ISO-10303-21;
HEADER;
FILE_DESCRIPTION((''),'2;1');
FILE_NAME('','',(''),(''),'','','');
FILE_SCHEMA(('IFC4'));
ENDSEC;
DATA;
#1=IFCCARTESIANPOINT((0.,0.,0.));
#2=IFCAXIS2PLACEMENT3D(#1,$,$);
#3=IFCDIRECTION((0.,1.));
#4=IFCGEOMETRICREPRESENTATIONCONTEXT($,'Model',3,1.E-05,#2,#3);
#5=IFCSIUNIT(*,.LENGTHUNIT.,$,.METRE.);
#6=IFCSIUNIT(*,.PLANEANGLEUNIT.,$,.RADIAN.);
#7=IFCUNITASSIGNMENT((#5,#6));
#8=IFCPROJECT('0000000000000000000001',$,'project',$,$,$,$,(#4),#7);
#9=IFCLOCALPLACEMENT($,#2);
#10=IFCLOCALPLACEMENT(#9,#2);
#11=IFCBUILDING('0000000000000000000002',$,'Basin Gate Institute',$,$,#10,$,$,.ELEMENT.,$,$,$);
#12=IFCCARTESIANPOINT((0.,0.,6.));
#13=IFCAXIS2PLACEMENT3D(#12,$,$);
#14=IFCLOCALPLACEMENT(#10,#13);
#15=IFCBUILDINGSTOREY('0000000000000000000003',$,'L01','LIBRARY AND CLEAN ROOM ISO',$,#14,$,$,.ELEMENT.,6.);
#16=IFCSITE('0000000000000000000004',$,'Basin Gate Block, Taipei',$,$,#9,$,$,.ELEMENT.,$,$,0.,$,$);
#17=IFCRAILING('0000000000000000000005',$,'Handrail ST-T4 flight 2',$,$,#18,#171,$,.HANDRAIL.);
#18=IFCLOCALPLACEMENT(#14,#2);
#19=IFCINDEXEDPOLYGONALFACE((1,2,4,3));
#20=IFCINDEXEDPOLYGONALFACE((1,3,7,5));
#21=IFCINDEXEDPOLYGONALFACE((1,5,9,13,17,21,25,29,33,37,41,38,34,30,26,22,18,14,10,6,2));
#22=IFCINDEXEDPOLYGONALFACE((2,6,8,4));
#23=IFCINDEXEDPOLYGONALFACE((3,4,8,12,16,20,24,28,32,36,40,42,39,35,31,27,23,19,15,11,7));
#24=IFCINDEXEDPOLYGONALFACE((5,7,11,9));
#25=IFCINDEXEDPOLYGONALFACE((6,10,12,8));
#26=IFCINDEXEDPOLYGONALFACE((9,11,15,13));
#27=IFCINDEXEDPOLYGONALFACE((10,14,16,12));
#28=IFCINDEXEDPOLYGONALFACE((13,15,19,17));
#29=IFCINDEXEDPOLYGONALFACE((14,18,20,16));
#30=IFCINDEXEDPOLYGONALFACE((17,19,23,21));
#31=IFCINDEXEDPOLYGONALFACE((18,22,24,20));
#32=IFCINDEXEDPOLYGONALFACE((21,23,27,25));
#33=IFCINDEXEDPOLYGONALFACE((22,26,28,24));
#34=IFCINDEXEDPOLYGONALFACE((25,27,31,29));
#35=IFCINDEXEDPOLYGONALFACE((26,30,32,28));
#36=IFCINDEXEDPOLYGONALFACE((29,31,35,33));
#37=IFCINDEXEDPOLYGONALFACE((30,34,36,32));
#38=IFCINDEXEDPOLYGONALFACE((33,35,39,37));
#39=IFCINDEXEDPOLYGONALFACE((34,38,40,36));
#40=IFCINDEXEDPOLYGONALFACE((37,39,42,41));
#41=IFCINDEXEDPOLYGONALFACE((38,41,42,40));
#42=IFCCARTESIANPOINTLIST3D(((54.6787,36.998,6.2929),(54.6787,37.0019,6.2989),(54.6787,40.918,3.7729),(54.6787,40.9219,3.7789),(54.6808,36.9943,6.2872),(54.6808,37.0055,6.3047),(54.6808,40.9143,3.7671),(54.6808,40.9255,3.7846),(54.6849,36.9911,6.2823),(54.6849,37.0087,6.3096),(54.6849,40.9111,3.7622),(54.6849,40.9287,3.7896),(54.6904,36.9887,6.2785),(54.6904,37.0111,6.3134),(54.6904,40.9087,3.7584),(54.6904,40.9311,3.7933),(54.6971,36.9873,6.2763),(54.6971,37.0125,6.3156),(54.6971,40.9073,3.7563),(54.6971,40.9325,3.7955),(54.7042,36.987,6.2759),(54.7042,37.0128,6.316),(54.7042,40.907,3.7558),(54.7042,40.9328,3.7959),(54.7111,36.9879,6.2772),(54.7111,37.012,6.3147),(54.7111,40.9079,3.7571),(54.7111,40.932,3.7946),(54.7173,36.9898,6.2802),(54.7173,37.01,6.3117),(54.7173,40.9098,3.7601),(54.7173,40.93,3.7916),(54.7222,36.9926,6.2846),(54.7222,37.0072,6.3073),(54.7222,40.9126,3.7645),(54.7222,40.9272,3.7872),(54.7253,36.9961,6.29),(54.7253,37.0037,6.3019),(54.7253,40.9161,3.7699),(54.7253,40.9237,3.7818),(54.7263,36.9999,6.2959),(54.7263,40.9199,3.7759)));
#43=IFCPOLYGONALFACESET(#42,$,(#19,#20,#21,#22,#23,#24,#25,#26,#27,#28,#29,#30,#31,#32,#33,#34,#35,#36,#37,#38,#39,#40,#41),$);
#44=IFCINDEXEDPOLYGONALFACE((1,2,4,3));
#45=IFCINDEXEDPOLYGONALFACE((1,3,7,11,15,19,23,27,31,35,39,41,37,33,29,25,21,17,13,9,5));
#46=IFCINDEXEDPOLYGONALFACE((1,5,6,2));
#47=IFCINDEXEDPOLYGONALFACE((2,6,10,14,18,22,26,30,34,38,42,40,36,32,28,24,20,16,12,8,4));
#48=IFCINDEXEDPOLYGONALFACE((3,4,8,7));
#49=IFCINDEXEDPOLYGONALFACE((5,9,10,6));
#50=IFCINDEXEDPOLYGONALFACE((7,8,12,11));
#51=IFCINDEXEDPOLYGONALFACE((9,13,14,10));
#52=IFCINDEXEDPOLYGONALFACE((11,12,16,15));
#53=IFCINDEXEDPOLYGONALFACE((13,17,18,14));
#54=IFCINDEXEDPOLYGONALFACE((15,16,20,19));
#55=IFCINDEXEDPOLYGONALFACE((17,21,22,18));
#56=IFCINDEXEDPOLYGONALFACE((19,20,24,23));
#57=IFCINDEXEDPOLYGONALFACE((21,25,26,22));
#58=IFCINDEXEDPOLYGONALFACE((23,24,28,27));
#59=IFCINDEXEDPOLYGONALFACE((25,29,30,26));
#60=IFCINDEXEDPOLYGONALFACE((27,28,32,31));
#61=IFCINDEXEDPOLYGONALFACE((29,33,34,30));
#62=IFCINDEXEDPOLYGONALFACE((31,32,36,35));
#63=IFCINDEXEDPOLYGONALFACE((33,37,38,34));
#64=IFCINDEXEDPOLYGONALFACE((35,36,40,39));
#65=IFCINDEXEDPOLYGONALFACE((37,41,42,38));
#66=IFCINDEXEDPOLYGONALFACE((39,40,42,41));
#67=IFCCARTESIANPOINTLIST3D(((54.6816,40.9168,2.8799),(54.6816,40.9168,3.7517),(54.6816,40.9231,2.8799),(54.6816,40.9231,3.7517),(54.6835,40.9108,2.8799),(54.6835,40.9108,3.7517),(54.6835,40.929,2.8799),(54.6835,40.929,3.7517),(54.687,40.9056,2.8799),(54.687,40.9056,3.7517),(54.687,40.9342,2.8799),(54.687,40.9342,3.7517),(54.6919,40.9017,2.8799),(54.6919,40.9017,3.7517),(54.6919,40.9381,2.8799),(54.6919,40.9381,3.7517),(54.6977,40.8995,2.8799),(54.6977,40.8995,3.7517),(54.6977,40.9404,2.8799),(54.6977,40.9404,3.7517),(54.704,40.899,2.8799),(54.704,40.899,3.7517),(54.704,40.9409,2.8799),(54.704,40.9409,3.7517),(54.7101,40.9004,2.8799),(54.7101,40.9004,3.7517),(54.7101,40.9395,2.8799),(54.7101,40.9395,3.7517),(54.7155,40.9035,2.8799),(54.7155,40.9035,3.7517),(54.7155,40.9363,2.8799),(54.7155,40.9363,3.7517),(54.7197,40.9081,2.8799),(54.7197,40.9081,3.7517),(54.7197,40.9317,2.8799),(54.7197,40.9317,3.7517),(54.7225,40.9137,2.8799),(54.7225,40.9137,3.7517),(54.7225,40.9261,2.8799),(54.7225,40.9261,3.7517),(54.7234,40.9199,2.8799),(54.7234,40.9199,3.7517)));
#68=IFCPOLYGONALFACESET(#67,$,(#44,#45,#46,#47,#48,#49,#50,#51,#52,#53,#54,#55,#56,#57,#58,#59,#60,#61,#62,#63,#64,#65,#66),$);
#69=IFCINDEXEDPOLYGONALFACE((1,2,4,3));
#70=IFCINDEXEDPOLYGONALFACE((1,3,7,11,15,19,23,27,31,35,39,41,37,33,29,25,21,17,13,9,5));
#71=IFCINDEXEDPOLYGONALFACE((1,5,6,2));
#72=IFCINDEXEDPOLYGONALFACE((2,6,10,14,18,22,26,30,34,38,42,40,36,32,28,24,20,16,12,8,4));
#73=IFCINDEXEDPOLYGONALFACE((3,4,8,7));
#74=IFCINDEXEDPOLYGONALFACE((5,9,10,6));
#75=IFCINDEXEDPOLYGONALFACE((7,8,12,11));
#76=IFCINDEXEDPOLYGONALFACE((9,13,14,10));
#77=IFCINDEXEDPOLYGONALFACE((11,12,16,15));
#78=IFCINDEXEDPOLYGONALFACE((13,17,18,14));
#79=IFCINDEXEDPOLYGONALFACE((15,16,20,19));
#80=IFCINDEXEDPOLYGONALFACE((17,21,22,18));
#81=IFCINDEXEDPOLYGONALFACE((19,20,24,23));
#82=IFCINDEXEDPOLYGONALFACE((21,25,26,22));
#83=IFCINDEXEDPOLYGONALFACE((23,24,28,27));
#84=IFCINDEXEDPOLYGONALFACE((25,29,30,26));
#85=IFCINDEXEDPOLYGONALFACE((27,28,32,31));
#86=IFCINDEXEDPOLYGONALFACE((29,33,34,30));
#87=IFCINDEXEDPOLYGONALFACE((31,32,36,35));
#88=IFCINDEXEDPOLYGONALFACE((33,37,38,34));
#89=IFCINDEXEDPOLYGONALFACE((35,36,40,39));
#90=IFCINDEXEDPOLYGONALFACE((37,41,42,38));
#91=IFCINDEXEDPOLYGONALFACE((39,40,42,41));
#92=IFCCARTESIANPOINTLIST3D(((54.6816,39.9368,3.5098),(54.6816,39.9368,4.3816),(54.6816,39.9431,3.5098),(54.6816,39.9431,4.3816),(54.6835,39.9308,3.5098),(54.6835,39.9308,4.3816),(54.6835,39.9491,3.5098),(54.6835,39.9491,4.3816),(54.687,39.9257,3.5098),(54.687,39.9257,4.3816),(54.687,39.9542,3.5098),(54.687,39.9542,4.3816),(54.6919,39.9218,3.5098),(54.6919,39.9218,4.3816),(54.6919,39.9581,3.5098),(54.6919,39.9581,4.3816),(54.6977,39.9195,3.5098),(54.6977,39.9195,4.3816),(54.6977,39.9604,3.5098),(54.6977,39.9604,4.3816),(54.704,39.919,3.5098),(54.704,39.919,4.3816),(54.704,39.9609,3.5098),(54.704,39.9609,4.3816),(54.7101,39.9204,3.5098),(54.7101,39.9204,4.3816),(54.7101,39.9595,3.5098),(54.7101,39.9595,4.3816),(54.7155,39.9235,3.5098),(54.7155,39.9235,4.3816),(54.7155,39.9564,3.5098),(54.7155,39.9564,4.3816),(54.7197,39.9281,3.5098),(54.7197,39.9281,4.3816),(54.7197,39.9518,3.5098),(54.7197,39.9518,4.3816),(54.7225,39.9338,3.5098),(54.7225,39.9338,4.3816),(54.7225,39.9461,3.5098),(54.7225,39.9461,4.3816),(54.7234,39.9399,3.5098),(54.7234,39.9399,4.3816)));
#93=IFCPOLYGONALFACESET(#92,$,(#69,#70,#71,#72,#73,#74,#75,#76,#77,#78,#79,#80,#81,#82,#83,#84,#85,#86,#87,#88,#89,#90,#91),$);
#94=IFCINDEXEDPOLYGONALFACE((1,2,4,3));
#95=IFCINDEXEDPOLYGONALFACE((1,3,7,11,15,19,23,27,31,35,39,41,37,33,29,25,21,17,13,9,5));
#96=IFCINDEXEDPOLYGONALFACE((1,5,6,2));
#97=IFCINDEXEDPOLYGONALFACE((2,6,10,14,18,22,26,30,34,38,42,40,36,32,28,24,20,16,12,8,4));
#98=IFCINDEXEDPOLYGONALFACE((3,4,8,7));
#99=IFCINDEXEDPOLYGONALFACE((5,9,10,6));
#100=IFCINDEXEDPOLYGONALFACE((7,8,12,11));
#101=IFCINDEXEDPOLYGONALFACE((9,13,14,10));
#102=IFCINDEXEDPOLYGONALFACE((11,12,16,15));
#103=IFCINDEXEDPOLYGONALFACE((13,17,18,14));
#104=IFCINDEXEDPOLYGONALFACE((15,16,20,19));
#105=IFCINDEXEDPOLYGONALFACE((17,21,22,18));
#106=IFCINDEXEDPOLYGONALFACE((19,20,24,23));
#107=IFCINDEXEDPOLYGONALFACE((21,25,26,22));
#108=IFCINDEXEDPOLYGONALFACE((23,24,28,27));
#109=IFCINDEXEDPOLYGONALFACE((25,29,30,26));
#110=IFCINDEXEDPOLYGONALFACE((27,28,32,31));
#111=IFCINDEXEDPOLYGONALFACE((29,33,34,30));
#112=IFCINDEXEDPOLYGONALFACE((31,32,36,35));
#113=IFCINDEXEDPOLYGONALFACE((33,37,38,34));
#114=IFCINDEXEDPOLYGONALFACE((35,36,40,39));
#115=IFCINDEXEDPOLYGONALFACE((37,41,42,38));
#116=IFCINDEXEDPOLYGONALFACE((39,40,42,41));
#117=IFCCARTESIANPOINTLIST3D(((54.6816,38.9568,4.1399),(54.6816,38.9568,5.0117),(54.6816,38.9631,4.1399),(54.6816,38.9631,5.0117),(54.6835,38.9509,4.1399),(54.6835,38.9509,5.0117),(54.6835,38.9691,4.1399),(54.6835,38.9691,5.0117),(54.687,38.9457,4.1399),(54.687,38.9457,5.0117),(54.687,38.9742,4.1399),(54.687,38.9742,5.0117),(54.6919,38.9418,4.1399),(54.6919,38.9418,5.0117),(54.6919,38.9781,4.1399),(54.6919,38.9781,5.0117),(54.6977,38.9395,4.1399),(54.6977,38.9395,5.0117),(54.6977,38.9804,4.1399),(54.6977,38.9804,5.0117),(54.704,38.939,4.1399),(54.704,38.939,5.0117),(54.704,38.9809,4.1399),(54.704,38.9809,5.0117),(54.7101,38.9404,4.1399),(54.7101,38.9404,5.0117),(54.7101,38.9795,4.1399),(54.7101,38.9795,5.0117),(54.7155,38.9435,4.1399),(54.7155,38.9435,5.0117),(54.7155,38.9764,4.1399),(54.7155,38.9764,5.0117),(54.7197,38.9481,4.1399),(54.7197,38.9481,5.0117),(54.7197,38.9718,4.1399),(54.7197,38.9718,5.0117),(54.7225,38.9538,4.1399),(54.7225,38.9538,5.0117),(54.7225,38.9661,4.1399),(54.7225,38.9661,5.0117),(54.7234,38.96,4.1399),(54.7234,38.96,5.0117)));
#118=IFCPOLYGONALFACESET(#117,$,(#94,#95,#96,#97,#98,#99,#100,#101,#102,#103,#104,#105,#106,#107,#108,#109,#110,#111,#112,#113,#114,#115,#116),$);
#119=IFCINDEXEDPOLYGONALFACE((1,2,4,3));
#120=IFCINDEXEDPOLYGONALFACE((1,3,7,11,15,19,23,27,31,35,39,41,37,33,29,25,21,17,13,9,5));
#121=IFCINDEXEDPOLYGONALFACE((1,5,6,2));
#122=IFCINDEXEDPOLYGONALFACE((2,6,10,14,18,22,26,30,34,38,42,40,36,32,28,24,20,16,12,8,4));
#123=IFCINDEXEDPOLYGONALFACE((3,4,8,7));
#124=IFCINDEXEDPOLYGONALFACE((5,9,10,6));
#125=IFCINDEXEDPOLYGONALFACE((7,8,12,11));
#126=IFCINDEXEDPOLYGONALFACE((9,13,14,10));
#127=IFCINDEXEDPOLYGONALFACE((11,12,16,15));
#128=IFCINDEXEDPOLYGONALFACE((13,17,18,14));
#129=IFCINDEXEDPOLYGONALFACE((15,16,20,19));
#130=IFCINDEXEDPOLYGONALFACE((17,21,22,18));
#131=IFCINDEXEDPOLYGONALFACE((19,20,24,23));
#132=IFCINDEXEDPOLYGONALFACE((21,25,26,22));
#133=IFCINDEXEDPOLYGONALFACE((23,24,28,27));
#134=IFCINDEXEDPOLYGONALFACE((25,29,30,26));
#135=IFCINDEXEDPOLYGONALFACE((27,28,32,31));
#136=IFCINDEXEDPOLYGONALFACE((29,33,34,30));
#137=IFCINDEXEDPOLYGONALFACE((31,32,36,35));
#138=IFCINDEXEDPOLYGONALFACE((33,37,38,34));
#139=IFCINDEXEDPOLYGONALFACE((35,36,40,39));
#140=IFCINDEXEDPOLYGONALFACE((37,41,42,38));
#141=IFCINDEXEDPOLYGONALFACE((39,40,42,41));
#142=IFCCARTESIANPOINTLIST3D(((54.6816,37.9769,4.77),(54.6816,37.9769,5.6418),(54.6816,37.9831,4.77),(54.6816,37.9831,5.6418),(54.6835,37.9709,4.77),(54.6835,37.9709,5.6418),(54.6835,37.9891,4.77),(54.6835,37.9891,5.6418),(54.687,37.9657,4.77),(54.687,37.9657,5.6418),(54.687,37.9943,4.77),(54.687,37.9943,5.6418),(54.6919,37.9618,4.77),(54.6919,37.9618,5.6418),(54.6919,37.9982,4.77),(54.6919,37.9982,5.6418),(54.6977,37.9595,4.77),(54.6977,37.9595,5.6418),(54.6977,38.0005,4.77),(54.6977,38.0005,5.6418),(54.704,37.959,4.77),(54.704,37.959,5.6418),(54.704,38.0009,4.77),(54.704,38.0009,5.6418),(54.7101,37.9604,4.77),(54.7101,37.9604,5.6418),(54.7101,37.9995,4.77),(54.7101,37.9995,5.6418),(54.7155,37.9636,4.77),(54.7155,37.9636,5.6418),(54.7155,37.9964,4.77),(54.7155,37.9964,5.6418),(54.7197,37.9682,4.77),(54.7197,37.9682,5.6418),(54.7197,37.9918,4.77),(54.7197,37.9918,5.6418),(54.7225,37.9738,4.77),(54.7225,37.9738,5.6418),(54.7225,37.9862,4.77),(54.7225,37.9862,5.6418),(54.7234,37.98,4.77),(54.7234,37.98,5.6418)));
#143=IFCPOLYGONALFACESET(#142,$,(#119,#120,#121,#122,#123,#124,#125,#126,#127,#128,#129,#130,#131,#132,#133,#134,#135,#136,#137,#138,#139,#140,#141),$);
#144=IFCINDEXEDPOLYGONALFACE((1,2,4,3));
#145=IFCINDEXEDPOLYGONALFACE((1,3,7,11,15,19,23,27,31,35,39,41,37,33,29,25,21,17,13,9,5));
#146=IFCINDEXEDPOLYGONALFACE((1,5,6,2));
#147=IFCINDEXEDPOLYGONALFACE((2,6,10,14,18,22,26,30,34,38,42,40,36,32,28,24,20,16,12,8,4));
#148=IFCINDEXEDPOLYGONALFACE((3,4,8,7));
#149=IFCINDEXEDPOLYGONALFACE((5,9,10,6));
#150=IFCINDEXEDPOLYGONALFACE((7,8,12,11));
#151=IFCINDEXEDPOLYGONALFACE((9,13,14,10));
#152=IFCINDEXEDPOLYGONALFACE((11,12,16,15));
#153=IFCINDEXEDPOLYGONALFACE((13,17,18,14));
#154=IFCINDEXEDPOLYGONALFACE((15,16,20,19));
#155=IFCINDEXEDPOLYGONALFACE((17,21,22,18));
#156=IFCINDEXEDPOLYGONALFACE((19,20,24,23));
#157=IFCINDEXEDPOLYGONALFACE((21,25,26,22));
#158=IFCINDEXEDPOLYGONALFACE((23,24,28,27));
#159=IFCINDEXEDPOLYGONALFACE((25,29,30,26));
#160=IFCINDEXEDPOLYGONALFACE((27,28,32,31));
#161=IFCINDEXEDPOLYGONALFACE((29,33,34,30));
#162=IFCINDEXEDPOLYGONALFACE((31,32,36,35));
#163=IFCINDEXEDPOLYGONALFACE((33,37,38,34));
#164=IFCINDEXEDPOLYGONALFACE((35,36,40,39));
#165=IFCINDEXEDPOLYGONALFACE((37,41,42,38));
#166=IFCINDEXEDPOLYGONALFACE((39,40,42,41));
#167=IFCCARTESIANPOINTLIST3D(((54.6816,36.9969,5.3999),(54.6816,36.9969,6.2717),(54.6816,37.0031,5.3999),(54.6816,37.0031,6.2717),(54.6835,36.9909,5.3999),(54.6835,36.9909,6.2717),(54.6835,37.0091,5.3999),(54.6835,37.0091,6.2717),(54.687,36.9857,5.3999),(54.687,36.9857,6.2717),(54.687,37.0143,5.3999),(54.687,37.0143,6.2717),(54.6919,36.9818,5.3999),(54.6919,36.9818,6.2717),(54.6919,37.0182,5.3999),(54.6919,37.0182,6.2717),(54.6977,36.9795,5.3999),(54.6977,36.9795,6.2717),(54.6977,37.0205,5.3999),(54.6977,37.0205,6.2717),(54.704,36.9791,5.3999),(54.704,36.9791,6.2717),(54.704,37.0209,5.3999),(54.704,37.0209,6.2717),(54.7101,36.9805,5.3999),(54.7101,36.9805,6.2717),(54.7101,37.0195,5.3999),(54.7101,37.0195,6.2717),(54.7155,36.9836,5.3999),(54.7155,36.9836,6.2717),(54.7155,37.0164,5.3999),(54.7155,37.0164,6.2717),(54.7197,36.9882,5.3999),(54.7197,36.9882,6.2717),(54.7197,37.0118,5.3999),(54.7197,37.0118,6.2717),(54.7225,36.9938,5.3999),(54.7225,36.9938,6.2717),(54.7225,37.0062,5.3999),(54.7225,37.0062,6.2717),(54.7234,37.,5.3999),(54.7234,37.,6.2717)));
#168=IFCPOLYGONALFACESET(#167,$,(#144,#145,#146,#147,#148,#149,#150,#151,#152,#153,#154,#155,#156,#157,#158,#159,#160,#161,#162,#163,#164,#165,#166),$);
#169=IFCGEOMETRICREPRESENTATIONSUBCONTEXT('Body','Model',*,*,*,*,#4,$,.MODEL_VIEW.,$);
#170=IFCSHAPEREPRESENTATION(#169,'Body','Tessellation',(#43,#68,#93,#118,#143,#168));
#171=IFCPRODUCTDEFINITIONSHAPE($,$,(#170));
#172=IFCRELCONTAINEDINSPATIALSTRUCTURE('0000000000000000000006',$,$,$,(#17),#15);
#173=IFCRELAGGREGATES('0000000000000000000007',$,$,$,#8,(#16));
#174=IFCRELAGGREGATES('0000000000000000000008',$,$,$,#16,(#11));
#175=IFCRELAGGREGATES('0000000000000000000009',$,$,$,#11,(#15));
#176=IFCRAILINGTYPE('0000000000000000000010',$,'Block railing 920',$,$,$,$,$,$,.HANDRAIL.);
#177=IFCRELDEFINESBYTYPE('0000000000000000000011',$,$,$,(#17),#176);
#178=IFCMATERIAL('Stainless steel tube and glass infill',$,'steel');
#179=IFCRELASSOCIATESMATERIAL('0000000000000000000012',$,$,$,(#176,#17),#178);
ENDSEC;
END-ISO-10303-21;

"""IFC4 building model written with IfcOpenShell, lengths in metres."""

from ifc_helpers import new_model, si_unit, direction, frame, origin, origin_2d, place, context, subcontext, project, spatial, circle, extrude, material, type_object, element, save


model = new_model("IFC4")

# Units and contexts
model_context = context("Model", 3, precision=1e-05, world=origin(), true_north=direction((0.0, 1.0)))
body_context = subcontext(model_context, "Body", "Model", "MODEL_VIEW")
ifc_project = project(units=[si_unit("LENGTHUNIT", "METRE"), si_unit("PLANEANGLEUNIT", "RADIAN")], contexts=[model_context])

# Site, building, storey
site_placement = place(None, origin())
site = spatial("IfcSite", under=ifc_project, at=site_placement, Name="Basin Gate Block, Taipei", CompositionType="ELEMENT", RefElevation=0.0)
building_placement = place(site_placement, origin())
building = spatial("IfcBuilding", under=site, at=building_placement, Name="Basin Gate Institute", CompositionType="ELEMENT")
storey_placement = place(building_placement, frame((0.0, 0.0, 6.0)))
storey = spatial("IfcBuildingStorey", under=building, at=storey_placement, Name="L01", Description="LIBRARY AND CLEAN ROOM ISO", CompositionType="ELEMENT", Elevation=6.0)

# Railing
ifc_material_1 = material(Name="Stainless steel tube and glass infill", Category="steel")
railing_type_1 = type_object("IfcRailingType", Name="Block railing 920", PredefinedType="HANDRAIL", material=ifc_material_1)
for number, where, name in (
    (1, (54.7024, 40.9199, 2.8799), "Handrail ST-T4 flight 2"),
):
    element("IfcRailing", number, at=place(storey_placement, frame(where)), inside=storey, type_object=railing_type_1, material=ifc_material_1, Name=name, PredefinedType="HANDRAIL", context=body_context, shape_type="SweptSolid", body=[
        extrude(circle(Radius=0.0239, at=origin_2d()), frame((0.0, 0.0, 0.896), z_axis=(0.0, -0.841172, 0.540768), x_axis=(1.0, 0.0, 0.0)), (0.0, 0.0, 1.0), 4.6602),
        extrude(circle(Radius=0.021, at=origin_2d()), origin(), (0.0, 0.0, 1.0), 0.8718),
        extrude(circle(Radius=0.021, at=origin_2d()), frame((0.0, -0.98, 0.6299)), (0.0, 0.0, 1.0), 0.8718),
        extrude(circle(Radius=0.021, at=origin_2d()), frame((0.0, -1.96, 1.26)), (0.0, 0.0, 1.0), 0.8718),
        extrude(circle(Radius=0.021, at=origin_2d()), frame((0.0, -2.9399, 1.8901)), (0.0, 0.0, 1.0), 0.8718),
        extrude(circle(Radius=0.021, at=origin_2d()), frame((0.0, -3.9199, 2.52)), (0.0, 0.0, 1.0), 0.8718),
    ])

save(model, "model.ifc")
